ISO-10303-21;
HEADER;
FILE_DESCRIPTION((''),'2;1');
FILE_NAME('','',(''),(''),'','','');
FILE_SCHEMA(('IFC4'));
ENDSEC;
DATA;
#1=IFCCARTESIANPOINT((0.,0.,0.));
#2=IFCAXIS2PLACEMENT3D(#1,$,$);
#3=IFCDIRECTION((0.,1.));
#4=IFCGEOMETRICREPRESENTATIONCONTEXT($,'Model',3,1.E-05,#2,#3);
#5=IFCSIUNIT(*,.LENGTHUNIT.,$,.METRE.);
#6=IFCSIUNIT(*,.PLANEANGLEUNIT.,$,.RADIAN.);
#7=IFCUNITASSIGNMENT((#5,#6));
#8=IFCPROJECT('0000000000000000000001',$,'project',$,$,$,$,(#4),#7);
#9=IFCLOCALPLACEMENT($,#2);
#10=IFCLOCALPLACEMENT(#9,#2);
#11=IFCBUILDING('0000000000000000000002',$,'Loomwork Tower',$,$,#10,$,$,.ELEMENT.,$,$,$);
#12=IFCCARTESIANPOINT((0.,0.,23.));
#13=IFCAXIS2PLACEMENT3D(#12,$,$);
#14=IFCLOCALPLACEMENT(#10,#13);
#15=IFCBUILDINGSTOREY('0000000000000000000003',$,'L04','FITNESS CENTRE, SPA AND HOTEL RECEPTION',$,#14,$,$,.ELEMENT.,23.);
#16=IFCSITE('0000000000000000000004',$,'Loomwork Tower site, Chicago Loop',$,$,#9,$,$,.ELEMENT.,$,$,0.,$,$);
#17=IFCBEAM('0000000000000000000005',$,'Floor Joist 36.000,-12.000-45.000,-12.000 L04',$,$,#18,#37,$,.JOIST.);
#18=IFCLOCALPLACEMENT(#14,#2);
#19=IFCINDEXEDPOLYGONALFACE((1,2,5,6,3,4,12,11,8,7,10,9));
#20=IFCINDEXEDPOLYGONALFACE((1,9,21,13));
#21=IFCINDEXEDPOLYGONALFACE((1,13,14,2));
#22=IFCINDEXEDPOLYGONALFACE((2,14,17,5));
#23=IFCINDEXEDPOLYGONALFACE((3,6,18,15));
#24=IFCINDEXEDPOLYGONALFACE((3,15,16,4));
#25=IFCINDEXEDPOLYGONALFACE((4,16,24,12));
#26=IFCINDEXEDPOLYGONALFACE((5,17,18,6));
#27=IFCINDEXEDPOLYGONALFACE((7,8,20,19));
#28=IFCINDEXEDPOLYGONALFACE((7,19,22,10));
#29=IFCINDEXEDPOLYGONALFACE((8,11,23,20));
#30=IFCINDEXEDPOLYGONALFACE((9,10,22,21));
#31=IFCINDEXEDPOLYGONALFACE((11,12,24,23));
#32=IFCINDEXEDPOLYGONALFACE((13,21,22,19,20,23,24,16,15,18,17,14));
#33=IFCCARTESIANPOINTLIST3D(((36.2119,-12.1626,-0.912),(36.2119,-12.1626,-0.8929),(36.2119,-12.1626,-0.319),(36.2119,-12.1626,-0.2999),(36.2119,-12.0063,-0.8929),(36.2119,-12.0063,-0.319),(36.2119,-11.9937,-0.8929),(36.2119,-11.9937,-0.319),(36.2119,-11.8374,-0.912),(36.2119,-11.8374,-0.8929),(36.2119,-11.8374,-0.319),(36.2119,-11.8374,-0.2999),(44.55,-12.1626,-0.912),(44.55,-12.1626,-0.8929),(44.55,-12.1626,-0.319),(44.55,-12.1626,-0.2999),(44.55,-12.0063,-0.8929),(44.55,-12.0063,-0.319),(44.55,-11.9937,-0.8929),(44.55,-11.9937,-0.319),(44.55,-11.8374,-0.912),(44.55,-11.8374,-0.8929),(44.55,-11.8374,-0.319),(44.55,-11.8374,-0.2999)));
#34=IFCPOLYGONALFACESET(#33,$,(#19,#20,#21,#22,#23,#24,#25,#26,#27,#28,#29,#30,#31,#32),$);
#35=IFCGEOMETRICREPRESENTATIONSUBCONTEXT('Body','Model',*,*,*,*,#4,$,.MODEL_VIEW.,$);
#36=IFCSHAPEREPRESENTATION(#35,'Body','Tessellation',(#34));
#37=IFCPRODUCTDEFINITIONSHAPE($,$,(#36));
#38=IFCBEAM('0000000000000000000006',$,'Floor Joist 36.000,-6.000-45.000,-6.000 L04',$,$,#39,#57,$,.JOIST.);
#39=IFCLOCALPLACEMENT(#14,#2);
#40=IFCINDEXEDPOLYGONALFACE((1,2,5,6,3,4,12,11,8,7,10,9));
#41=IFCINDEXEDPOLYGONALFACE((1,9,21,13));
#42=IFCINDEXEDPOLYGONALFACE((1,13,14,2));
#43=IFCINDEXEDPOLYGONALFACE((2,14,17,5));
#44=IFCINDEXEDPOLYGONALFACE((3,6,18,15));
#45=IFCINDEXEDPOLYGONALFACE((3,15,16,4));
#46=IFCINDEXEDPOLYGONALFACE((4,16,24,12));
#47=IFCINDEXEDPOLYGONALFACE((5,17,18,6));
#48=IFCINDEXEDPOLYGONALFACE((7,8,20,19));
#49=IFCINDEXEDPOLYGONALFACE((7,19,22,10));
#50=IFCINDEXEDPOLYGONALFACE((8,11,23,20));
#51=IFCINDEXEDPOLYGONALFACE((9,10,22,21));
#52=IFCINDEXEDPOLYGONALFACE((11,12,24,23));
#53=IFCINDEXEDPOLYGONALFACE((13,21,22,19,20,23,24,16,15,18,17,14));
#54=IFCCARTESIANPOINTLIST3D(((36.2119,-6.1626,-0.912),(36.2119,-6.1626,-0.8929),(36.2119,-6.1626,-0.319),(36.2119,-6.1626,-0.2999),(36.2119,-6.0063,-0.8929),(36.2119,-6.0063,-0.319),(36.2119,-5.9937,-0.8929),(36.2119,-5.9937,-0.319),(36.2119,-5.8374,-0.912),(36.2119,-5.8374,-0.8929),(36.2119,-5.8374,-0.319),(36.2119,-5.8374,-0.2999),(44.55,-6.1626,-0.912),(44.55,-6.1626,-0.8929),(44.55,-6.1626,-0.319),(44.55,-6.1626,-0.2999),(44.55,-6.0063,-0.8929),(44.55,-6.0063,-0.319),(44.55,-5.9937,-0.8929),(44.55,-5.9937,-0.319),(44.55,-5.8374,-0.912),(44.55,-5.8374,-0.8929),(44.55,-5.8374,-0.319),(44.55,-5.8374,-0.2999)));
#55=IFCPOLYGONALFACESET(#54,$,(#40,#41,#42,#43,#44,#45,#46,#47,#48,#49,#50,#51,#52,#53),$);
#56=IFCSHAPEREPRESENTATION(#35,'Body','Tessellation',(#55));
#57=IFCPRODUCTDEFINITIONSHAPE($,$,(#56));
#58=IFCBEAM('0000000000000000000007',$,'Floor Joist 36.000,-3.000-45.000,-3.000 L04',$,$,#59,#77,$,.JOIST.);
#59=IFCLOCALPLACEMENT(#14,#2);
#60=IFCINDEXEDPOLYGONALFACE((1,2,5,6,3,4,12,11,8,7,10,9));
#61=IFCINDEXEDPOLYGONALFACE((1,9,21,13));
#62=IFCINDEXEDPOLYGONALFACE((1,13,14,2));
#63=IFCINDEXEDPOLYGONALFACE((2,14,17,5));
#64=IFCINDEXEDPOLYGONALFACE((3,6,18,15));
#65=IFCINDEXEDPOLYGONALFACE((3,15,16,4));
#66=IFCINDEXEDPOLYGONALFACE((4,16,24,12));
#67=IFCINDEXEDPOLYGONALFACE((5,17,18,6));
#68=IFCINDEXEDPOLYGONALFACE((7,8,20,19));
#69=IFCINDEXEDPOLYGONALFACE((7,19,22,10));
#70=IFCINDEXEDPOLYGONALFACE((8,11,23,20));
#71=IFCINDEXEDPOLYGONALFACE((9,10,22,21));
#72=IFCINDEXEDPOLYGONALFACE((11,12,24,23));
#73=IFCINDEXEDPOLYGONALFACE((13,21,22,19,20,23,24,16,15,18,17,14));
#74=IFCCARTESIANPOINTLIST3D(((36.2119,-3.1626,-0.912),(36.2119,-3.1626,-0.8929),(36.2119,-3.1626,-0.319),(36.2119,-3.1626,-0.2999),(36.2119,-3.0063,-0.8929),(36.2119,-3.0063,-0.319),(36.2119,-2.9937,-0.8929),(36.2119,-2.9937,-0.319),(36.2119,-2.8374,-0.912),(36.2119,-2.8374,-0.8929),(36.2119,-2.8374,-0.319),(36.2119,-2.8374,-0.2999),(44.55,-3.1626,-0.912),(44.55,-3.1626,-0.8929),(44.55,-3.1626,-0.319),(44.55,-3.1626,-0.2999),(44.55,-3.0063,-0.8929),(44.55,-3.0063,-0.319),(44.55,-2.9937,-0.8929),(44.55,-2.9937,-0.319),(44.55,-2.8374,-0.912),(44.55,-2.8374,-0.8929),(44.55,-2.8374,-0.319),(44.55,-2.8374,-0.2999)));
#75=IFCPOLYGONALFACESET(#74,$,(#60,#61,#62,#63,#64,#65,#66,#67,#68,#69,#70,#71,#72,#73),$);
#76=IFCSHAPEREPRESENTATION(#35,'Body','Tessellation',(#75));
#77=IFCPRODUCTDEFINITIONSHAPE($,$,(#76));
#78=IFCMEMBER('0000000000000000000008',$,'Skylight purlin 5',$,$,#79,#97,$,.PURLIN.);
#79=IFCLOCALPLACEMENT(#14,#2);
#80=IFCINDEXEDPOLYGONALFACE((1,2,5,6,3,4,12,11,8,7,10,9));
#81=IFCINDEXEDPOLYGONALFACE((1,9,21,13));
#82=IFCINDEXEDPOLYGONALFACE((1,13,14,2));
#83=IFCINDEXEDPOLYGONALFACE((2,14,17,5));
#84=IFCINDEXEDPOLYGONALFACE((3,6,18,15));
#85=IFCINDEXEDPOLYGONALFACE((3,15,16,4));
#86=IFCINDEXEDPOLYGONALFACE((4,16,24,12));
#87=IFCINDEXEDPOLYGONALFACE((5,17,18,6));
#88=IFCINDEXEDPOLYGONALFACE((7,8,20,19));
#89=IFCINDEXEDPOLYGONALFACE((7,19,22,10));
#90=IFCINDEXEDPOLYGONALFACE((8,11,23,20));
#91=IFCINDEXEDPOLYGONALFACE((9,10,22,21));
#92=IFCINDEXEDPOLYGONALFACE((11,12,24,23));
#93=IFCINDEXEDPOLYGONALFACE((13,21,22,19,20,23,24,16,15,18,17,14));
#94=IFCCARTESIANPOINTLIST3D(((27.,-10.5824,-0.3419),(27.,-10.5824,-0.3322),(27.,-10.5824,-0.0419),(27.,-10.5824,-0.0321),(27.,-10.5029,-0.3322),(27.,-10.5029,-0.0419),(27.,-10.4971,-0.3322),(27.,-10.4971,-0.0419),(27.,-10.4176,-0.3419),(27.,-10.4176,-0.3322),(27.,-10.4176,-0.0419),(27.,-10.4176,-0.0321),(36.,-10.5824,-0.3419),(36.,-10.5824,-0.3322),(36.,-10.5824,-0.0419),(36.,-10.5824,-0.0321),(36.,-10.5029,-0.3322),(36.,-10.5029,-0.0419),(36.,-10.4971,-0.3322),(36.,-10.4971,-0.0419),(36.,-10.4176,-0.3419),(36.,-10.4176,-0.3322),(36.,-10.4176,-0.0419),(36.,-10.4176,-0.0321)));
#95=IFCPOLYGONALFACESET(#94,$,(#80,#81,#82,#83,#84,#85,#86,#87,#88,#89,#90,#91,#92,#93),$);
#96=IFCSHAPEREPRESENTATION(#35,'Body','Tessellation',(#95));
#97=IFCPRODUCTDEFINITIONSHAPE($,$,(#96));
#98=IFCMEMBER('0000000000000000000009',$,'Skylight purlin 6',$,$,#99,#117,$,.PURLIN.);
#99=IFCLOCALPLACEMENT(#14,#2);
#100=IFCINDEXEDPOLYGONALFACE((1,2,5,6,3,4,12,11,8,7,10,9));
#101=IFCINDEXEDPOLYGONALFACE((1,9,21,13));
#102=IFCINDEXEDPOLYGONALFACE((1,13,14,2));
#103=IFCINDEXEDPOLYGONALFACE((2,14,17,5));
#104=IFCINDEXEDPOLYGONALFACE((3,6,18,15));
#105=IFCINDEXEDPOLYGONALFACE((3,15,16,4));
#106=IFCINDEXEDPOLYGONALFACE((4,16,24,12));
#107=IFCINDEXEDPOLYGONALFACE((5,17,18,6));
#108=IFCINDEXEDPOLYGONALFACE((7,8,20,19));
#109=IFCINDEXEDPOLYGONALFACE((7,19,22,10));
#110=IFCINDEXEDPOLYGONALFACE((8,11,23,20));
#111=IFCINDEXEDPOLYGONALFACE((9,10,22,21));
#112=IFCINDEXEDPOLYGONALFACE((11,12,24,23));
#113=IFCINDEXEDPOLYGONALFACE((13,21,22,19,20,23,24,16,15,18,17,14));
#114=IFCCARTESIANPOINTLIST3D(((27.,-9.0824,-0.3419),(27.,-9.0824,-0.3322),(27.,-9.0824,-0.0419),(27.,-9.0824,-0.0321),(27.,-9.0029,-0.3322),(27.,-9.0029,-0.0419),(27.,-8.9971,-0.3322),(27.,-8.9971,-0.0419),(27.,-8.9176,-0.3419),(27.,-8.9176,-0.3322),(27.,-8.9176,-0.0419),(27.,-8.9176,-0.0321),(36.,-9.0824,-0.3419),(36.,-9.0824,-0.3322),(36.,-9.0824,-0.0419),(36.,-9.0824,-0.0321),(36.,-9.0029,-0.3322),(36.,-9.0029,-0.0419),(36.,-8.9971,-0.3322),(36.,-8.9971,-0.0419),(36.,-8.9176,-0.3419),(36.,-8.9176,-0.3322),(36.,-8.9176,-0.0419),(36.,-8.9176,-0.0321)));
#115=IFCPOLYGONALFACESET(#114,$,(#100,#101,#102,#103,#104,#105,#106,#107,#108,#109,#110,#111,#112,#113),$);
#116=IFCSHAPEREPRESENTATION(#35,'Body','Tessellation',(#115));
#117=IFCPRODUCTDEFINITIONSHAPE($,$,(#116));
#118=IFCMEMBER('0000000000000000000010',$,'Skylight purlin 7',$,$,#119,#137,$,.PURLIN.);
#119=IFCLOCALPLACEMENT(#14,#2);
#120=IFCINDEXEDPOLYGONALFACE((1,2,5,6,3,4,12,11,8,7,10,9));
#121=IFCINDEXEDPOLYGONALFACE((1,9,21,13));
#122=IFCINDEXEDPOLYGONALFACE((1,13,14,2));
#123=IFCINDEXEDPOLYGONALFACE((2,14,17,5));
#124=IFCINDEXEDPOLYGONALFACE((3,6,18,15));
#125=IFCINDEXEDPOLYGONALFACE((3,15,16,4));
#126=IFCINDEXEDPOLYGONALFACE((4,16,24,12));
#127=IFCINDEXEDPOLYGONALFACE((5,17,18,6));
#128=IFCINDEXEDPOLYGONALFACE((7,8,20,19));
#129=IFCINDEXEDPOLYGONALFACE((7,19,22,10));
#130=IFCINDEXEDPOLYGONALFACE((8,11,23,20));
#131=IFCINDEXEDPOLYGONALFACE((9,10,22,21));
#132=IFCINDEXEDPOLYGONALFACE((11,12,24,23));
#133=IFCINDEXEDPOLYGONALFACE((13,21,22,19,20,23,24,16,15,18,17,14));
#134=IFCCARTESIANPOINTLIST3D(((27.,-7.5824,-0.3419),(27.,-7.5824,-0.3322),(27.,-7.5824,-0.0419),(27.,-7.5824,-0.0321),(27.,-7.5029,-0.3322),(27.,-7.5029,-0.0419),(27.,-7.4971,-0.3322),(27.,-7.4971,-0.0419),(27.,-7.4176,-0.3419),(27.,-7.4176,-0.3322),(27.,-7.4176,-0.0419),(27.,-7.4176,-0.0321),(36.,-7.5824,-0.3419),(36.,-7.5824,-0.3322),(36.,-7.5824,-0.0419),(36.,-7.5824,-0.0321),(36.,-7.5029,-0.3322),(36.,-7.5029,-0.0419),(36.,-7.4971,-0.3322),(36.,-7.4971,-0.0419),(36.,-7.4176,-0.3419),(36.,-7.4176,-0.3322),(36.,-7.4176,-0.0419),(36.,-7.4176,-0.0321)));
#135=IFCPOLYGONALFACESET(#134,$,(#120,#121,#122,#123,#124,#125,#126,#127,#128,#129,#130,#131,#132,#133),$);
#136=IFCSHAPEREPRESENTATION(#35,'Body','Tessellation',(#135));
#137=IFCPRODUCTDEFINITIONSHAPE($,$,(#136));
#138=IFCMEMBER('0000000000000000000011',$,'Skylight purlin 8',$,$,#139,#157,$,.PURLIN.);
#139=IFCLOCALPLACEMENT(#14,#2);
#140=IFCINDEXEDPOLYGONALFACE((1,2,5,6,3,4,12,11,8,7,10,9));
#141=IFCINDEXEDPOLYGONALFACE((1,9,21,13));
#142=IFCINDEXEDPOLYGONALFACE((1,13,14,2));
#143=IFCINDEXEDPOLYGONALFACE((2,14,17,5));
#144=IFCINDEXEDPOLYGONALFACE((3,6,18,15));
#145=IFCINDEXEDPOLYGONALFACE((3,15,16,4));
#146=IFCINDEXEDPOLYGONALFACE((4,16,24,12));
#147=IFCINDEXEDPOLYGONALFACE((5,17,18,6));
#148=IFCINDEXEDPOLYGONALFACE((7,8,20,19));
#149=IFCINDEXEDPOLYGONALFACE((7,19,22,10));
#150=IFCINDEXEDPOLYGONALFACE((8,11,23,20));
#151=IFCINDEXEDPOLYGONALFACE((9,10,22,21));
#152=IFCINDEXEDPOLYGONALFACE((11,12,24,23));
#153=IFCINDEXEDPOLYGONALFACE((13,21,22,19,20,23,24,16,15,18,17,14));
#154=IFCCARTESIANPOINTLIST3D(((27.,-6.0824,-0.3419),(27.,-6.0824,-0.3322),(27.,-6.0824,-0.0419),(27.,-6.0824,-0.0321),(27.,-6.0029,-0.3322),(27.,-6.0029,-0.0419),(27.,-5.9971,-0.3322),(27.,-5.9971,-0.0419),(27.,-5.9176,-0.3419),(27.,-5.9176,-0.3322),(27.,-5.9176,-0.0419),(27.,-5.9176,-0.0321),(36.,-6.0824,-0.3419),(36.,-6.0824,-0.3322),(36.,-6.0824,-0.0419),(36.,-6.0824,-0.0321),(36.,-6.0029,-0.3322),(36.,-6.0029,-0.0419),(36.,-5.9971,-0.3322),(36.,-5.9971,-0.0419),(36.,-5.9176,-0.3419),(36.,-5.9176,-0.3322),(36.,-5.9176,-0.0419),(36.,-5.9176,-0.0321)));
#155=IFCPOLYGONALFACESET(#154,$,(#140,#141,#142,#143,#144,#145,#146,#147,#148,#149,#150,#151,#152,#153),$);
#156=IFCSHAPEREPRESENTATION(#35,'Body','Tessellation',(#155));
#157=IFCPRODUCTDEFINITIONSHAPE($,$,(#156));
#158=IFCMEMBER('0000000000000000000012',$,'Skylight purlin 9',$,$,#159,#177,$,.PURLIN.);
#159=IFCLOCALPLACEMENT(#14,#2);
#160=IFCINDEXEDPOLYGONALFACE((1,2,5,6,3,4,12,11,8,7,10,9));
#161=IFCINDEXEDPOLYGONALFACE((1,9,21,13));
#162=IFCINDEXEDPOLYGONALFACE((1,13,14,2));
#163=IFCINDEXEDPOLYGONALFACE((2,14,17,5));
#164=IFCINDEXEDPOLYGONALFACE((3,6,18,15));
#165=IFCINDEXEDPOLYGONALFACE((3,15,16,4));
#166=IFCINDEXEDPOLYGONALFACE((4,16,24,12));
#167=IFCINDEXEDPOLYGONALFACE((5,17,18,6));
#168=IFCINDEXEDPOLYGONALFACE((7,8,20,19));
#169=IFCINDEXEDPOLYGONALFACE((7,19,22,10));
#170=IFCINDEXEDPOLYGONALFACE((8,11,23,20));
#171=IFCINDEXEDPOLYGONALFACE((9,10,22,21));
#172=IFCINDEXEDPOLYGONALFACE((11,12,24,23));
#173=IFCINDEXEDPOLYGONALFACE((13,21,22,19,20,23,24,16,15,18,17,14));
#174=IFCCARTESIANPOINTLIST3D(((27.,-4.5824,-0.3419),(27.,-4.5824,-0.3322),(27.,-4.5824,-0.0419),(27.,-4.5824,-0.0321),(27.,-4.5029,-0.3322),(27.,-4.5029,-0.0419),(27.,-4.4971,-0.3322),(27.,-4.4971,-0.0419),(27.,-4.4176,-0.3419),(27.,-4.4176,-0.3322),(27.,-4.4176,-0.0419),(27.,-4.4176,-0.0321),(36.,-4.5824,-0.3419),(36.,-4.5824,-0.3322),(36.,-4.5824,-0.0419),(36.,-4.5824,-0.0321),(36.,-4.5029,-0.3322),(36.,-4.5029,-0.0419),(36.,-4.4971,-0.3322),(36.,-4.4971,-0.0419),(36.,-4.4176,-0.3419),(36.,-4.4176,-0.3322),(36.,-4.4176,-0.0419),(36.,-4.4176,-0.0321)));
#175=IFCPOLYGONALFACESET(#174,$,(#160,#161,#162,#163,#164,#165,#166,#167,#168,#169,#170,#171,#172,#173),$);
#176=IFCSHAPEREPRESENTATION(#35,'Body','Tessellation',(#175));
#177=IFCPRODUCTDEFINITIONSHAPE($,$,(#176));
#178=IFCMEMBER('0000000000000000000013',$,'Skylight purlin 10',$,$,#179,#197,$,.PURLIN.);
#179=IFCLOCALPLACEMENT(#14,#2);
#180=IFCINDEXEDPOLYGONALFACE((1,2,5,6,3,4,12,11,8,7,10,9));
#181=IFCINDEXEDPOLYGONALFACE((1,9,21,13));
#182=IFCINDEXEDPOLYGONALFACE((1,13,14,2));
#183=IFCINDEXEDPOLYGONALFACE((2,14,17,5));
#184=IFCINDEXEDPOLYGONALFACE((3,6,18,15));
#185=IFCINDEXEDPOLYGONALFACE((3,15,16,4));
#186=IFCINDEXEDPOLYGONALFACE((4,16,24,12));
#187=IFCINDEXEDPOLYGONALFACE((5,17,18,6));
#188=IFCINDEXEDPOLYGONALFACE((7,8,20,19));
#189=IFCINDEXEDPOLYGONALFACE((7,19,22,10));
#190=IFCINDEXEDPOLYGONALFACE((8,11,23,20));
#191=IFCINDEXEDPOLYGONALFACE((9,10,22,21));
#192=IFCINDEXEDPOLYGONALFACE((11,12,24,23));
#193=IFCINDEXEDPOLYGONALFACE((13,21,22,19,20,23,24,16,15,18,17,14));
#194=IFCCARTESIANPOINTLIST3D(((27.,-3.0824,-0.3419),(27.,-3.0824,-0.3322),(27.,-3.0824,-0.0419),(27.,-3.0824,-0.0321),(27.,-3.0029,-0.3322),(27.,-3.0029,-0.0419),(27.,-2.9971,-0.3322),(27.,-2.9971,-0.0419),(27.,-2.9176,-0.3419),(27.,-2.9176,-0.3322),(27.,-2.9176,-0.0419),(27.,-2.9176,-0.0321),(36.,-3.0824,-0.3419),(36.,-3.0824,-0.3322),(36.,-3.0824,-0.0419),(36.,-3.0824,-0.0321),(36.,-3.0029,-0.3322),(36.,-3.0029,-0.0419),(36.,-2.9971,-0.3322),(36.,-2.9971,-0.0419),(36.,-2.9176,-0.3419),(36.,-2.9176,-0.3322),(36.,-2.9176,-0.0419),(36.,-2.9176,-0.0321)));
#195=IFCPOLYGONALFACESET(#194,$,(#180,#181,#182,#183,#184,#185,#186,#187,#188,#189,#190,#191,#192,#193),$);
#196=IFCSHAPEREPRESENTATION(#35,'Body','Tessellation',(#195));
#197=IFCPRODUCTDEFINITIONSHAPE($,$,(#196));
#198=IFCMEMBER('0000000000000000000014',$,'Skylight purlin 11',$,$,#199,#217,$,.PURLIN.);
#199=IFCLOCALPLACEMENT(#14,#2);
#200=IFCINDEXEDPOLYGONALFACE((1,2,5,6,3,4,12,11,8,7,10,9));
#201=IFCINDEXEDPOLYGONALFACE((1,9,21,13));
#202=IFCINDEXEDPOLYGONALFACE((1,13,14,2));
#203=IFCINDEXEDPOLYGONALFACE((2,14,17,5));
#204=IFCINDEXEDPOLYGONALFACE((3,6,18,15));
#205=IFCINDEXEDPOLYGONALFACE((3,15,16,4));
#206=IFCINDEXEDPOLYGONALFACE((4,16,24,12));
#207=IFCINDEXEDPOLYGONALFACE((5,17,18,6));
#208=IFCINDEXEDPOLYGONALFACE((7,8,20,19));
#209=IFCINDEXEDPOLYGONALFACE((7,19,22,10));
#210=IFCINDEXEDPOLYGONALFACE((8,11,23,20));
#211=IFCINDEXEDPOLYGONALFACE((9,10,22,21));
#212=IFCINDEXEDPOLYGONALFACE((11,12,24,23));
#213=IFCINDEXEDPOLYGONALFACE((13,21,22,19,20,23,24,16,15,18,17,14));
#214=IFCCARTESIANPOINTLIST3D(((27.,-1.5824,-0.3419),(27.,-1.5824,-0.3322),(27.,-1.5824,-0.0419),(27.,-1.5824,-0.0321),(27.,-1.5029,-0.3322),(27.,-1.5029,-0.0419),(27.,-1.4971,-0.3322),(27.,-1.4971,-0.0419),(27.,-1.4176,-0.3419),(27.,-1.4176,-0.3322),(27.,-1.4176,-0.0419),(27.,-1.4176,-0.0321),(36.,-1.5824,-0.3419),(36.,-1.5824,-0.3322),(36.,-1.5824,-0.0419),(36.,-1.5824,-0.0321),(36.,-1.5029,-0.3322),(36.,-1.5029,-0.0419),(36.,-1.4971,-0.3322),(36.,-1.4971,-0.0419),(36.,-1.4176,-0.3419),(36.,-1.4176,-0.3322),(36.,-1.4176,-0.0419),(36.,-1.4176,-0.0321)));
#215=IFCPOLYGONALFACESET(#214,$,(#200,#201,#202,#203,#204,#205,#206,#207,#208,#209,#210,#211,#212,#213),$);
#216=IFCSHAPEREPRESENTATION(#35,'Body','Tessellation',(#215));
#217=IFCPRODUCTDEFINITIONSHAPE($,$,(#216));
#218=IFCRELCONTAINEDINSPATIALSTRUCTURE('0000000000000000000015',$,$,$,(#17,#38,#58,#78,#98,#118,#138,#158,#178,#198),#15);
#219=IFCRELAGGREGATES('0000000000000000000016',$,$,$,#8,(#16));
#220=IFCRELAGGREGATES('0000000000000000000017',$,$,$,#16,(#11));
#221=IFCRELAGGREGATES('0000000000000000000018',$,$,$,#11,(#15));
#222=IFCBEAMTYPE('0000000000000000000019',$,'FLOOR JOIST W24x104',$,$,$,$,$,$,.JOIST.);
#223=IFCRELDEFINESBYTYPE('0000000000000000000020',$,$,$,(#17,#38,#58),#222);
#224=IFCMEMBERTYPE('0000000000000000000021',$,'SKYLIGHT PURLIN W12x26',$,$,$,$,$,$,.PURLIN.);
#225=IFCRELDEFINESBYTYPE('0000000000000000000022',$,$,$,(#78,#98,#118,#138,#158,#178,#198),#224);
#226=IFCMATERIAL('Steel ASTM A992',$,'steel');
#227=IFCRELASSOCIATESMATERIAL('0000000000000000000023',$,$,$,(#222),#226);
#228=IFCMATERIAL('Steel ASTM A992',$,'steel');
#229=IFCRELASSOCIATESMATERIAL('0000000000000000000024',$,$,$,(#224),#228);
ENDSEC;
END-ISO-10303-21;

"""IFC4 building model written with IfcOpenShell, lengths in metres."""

from ifc_helpers import new_model, si_unit, direction, frame, origin, origin_2d, place, context, subcontext, project, spatial, i_section, extrude, material, material_profile, profile_set, type_object, element, save


model = new_model("IFC4")

# Units and contexts
model_context = context("Model", 3, precision=1e-05, world=origin(), true_north=direction((0.0, 1.0)))
body_context = subcontext(model_context, "Body", "Model", "MODEL_VIEW")
ifc_project = project(units=[si_unit("LENGTHUNIT", "METRE"), si_unit("PLANEANGLEUNIT", "RADIAN")], contexts=[model_context])

# Site, building, storey
site_placement = place(None, origin())
site = spatial("IfcSite", under=ifc_project, at=site_placement, Name="Loomwork Tower site, Chicago Loop", CompositionType="ELEMENT", RefElevation=0.0)
building_placement = place(site_placement, origin())
building = spatial("IfcBuilding", under=site, at=building_placement, Name="Loomwork Tower", CompositionType="ELEMENT")
storey_placement = place(building_placement, frame((0.0, 0.0, 23.0)))
storey = spatial("IfcBuildingStorey", under=building, at=storey_placement, Name="L04", Description="FITNESS CENTRE, SPA AND HOTEL RECEPTION", CompositionType="ELEMENT", Elevation=23.0)

# Beams
ifc_material_1 = material(Name="Steel ASTM A992", Category="steel")
ifc_material_profile_1 = material_profile(ifc_material_1, i_section(OverallWidth=0.3252, OverallDepth=0.6121, WebThickness=0.0127, FlangeThickness=0.019, at=origin_2d()), Name="W24x104")
ifc_profile_set_1 = profile_set([ifc_material_profile_1], Name="Steel ASTM A992")
beam_type_1 = type_object("IfcBeamType", Name="FLOOR JOIST W24x104", PredefinedType="JOIST", material=ifc_profile_set_1)
for number, where, z_axis, x_axis, name in (
    (1, (36.2119, -12.0, -0.606), (1.0, 0.0, 0.0), (0.0, 1.0, 0.0), "Floor Joist 36.000,-12.000-45.000,-12.000 L04"),
    (2, (36.2119, -6.0, -0.606), (1.0, 0.0, 0.0), (0.0, 1.0, 0.0), "Floor Joist 36.000,-6.000-45.000,-6.000 L04"),
    (3, (36.2119, -3.0, -0.606), (1.0, 0.0, 0.0), (0.0, 1.0, 0.0), "Floor Joist 36.000,-3.000-45.000,-3.000 L04"),
):
    element("IfcBeam", number, at=place(storey_placement, frame(where, z_axis=z_axis, x_axis=x_axis)), inside=storey, type_object=beam_type_1, Name=name, PredefinedType="JOIST", context=body_context, shape_type="SweptSolid", body=[
        extrude(i_section(OverallWidth=0.3252, OverallDepth=0.6121, WebThickness=0.0127, FlangeThickness=0.019, at=origin_2d()), origin(), (0.0, 0.0, 1.0), 8.3381),
    ])

# Members
ifc_material_2 = material(Name="Steel ASTM A992", Category="steel")
ifc_material_profile_2 = material_profile(ifc_material_2, i_section(OverallWidth=0.1648, OverallDepth=0.3098, WebThickness=0.0059, FlangeThickness=0.0098, at=origin_2d()), Name="W12x26")
ifc_profile_set_2 = profile_set([ifc_material_profile_2], Name="Steel ASTM A992")
member_type = type_object("IfcMemberType", Name="SKYLIGHT PURLIN W12x26", PredefinedType="PURLIN", material=ifc_profile_set_2)
for number, where, z_axis, x_axis, name in (
    (4, (27.0, -10.5, -0.187), (1.0, 0.0, 0.0), (0.0, 1.0, 0.0), "Skylight purlin 5"),
    (5, (27.0, -9.0, -0.187), (1.0, 0.0, 0.0), (0.0, 1.0, 0.0), "Skylight purlin 6"),
    (6, (27.0, -7.5, -0.187), (1.0, 0.0, 0.0), (0.0, 1.0, 0.0), "Skylight purlin 7"),
    (7, (27.0, -6.0, -0.187), (1.0, 0.0, 0.0), (0.0, 1.0, 0.0), "Skylight purlin 8"),
    (8, (27.0, -4.5, -0.187), (1.0, 0.0, 0.0), (0.0, 1.0, 0.0), "Skylight purlin 9"),
    (9, (27.0, -3.0, -0.187), (1.0, 0.0, 0.0), (0.0, 1.0, 0.0), "Skylight purlin 10"),
    (10, (27.0, -1.5, -0.187), (1.0, 0.0, 0.0), (0.0, 1.0, 0.0), "Skylight purlin 11"),
):
    element("IfcMember", number, at=place(storey_placement, frame(where, z_axis=z_axis, x_axis=x_axis)), inside=storey, type_object=member_type, Name=name, PredefinedType="PURLIN", context=body_context, shape_type="SweptSolid", body=[
        extrude(i_section(OverallWidth=0.1648, OverallDepth=0.3098, WebThickness=0.0059, FlangeThickness=0.0098, at=origin_2d()), origin(), (0.0, 0.0, 1.0), 9.0),
    ])

save(model, "model.ifc")
